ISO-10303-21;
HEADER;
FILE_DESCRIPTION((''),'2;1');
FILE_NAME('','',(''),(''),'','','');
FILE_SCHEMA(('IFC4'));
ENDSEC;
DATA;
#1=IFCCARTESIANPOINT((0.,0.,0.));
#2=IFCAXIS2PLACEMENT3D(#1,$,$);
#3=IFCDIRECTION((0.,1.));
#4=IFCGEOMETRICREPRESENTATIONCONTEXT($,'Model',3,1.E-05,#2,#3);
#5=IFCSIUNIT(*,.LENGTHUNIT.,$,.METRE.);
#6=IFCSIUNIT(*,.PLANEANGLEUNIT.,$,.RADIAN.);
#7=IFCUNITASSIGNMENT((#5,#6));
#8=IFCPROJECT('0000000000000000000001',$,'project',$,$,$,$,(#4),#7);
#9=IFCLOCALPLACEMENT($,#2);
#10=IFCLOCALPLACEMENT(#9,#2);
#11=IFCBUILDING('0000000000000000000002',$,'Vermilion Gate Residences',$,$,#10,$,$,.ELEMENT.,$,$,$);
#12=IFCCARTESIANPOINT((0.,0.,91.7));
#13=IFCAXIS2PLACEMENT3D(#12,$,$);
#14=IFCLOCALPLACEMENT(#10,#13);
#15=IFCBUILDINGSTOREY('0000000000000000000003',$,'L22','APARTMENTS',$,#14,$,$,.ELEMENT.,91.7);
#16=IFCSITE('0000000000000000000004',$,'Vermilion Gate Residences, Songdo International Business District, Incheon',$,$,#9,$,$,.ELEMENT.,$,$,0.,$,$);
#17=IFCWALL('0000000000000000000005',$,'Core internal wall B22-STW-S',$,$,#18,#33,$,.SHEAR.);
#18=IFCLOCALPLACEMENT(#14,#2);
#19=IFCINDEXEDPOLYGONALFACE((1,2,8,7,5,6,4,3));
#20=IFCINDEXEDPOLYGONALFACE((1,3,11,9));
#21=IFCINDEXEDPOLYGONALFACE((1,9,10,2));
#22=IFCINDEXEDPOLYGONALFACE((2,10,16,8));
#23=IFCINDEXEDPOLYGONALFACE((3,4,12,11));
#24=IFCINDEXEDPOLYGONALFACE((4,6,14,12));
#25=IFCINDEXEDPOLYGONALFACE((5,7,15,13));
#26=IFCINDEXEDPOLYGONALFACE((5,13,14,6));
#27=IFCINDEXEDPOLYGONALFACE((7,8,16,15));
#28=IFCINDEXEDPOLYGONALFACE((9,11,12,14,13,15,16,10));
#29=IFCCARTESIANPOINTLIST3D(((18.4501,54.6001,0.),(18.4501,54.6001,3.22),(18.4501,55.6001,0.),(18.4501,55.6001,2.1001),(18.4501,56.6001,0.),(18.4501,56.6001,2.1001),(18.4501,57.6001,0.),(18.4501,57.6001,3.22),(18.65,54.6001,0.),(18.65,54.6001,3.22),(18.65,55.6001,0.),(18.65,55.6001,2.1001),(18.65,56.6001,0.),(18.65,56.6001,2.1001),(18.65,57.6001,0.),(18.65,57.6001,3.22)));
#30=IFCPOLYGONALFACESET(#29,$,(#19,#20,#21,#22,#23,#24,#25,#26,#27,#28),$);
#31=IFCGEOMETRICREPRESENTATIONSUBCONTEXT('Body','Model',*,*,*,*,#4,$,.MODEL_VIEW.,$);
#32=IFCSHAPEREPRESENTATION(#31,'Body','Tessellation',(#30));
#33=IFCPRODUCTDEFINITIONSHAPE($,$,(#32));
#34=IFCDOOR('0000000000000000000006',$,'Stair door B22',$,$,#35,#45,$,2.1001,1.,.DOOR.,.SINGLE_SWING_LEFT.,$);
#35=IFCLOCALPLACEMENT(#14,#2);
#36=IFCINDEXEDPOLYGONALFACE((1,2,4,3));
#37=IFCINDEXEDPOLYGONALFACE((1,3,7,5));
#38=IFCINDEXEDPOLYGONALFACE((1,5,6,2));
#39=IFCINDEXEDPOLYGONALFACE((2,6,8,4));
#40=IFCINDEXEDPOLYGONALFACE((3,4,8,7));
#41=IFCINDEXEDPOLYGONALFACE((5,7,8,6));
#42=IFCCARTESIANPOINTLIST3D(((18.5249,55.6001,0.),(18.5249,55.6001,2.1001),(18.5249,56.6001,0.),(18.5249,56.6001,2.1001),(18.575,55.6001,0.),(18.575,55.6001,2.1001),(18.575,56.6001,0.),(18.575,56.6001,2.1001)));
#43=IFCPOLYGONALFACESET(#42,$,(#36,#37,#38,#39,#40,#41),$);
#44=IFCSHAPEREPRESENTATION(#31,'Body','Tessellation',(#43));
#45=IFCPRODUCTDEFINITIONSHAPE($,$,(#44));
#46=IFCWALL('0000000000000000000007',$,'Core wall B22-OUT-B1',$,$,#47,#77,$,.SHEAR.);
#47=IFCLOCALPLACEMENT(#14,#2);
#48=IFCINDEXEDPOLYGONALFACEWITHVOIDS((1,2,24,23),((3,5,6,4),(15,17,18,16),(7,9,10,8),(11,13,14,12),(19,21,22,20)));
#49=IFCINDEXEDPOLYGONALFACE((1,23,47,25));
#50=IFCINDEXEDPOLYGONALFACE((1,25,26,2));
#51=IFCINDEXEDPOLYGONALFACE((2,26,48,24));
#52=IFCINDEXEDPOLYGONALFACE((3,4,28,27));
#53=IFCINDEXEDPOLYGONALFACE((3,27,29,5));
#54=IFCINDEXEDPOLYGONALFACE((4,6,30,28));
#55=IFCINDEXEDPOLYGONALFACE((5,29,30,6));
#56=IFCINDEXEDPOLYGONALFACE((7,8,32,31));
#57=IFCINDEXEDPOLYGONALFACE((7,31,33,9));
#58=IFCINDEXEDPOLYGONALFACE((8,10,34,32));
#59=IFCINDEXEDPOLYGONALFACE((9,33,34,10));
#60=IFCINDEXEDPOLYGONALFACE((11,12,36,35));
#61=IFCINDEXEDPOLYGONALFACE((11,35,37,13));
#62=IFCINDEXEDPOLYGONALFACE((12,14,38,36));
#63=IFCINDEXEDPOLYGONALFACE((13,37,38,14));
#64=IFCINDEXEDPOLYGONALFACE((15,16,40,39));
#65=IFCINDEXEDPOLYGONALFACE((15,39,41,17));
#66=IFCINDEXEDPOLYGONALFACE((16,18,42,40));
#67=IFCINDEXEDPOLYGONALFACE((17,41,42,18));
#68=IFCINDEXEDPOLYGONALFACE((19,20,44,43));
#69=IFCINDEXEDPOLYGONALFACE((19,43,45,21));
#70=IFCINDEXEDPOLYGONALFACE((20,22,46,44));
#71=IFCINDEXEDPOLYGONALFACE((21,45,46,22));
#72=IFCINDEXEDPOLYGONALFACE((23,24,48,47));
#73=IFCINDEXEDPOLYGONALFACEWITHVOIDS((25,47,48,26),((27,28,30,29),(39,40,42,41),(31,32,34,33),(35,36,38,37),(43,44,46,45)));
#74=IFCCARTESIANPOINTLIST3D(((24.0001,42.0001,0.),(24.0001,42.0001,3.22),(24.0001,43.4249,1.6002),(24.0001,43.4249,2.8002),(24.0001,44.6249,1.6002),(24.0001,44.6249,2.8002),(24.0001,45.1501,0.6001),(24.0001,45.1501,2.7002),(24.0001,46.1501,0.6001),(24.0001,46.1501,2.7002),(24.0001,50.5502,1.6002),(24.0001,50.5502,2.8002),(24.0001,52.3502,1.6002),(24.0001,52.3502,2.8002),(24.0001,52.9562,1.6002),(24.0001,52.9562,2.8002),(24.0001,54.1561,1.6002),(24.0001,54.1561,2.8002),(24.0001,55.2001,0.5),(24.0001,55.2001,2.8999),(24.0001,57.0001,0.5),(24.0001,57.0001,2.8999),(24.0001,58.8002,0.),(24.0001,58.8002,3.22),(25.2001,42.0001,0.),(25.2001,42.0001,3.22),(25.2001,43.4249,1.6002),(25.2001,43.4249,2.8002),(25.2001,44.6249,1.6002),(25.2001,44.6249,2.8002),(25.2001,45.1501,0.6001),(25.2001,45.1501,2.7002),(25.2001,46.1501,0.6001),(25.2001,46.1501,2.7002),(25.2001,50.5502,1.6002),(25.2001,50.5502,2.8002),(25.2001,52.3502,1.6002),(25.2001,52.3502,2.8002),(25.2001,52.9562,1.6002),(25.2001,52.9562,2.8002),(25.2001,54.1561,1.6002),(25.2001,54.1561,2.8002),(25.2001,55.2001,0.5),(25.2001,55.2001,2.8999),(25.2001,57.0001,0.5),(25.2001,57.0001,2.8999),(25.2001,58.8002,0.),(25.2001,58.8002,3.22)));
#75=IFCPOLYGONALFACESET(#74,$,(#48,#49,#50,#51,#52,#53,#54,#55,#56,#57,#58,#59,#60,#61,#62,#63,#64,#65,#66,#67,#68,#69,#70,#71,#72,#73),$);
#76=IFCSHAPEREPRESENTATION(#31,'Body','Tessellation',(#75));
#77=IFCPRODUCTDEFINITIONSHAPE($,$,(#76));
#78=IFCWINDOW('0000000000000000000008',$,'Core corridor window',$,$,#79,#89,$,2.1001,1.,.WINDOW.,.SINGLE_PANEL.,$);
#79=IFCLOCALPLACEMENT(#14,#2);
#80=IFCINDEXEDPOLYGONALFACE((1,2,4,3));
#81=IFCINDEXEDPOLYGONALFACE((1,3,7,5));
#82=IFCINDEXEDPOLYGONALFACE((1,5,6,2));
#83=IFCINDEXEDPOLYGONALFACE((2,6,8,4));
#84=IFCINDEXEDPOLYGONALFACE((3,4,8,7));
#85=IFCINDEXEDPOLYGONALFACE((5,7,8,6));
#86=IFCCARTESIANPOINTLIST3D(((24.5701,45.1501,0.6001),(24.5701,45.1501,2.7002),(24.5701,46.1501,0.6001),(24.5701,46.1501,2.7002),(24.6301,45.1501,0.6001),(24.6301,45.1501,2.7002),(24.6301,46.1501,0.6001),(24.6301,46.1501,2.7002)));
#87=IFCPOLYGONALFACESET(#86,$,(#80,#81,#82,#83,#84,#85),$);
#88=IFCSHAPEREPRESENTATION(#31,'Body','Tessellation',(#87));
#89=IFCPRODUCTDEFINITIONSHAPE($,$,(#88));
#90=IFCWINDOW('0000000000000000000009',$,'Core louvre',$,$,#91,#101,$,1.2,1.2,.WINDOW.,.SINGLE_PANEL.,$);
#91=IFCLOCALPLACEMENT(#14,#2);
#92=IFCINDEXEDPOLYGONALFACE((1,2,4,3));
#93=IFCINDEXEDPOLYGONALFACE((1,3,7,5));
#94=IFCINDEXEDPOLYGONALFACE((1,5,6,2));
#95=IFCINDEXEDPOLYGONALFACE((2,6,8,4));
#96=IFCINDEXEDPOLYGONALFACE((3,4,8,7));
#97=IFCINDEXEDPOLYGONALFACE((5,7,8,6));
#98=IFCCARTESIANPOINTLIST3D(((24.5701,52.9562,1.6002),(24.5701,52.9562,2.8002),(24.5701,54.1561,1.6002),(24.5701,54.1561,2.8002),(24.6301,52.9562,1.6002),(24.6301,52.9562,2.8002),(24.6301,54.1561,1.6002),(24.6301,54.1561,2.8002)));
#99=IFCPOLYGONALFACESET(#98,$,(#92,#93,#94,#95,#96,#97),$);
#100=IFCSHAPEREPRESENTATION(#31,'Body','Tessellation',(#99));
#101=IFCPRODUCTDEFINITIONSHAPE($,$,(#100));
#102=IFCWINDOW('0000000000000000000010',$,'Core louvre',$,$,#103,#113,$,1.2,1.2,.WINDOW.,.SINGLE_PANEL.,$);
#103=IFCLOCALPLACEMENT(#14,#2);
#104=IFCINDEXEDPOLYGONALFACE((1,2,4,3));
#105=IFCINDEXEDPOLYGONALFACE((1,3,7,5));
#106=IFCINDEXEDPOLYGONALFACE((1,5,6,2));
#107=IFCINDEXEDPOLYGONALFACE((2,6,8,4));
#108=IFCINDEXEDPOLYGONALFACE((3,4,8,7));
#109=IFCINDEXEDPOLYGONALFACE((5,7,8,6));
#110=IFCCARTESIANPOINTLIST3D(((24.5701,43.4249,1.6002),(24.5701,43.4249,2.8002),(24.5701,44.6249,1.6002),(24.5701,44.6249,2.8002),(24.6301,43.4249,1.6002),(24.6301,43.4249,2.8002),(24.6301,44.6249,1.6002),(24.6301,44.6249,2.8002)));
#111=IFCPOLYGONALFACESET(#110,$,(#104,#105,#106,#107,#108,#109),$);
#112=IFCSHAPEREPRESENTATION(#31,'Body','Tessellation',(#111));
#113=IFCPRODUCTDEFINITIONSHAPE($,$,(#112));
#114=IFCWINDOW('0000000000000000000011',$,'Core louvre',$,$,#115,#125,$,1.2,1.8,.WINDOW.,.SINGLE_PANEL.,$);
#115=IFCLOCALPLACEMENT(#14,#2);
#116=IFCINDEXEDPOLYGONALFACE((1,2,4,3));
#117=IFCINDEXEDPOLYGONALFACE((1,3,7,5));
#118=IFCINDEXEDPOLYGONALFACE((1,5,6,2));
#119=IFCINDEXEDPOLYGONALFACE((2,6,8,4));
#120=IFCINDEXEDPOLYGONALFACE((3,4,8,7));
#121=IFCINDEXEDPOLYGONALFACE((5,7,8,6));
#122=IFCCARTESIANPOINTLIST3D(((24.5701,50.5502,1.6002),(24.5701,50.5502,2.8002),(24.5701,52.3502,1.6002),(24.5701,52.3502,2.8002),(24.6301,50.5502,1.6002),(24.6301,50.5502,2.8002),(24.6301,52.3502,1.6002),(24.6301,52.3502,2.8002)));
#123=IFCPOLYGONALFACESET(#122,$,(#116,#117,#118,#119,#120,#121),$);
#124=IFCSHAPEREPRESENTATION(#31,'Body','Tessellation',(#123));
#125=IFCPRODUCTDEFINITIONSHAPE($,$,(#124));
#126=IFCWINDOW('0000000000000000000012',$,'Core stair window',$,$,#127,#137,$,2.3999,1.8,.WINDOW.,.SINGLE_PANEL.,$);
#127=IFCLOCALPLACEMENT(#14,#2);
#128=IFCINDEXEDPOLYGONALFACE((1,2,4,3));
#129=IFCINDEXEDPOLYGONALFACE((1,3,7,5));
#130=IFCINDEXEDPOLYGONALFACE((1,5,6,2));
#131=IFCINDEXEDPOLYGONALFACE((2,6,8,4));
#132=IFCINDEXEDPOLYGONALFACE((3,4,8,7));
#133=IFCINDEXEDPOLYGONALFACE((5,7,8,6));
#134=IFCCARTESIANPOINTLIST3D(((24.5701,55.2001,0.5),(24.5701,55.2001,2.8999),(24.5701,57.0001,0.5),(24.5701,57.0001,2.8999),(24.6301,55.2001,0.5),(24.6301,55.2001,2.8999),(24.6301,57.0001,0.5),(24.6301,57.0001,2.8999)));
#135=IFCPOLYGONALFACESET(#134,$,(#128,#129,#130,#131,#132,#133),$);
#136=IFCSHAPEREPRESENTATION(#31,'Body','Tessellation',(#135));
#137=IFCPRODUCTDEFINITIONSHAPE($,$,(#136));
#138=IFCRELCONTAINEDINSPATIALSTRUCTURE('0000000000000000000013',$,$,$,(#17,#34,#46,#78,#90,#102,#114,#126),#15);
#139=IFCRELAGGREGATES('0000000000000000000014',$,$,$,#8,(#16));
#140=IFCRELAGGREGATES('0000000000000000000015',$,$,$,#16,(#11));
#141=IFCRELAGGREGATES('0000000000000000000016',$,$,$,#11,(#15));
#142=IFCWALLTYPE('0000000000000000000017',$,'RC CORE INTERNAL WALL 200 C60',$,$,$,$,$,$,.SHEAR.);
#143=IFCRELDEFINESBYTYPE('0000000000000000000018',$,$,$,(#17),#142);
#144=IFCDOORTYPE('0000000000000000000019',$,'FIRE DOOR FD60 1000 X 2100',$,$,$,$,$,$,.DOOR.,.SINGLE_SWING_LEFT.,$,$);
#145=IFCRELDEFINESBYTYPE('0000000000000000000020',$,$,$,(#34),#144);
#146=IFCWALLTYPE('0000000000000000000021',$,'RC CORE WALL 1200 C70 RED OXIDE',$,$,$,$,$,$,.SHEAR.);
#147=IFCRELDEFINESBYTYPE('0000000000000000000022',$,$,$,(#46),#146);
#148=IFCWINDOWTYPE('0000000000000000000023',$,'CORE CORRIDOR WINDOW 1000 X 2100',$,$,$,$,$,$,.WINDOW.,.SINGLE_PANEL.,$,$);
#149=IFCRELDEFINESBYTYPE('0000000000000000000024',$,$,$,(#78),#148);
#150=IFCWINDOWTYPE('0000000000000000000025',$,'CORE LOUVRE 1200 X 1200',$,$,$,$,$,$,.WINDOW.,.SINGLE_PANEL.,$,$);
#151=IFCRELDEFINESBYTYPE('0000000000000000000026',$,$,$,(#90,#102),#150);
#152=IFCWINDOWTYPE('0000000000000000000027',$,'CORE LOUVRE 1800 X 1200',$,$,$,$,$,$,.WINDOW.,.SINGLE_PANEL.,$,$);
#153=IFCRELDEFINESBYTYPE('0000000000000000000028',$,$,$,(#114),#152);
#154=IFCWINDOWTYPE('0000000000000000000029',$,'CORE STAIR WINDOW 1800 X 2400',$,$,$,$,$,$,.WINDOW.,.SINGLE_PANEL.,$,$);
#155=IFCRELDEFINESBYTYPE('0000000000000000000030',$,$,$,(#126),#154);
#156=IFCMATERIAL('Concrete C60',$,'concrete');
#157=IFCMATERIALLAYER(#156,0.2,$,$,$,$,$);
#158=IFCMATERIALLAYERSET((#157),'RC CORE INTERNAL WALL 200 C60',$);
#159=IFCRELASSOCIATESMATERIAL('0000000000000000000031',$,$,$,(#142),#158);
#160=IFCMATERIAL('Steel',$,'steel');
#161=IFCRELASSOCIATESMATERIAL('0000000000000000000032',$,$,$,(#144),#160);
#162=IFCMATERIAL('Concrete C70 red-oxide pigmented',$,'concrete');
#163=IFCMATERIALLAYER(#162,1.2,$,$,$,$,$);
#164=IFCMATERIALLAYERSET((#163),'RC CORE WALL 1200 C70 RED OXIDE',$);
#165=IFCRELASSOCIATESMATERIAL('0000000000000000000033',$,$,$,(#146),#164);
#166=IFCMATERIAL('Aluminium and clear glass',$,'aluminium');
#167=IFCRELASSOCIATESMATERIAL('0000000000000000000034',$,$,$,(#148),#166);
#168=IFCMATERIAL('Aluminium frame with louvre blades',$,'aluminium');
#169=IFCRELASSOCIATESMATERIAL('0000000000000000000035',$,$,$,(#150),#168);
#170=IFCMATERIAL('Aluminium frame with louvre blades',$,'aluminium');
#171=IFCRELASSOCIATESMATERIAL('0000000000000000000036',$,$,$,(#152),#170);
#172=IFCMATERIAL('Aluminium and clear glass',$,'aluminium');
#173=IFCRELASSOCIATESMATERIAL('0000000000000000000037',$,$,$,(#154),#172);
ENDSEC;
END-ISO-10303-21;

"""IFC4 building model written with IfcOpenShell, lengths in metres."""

from ifc_helpers import new_model, si_unit, direction, frame, frame_2d, origin, place, context, subcontext, project, spatial, rectangle, extrude, material, layer, layer_set, type_object, element, fill, save


model = new_model("IFC4")

# Units and contexts
model_context = context("Model", 3, precision=1e-05, world=origin(), true_north=direction((0.0, 1.0)))
body_context = subcontext(model_context, "Body", "Model", "MODEL_VIEW")
ifc_project = project(units=[si_unit("LENGTHUNIT", "METRE"), si_unit("PLANEANGLEUNIT", "RADIAN")], contexts=[model_context])

# Site, building, storey
site_placement = place(None, origin())
site = spatial("IfcSite", under=ifc_project, at=site_placement, Name="Vermilion Gate Residences, Songdo International Business District, Incheon", CompositionType="ELEMENT", RefElevation=0.0)
building_placement = place(site_placement, origin())
building = spatial("IfcBuilding", under=site, at=building_placement, Name="Vermilion Gate Residences", CompositionType="ELEMENT")
storey_placement = place(building_placement, frame((0.0, 0.0, 91.7)))
storey = spatial("IfcBuildingStorey", under=building, at=storey_placement, Name="L22", Description="APARTMENTS", CompositionType="ELEMENT", Elevation=91.7)

# Shared definitions
ifc_material_1 = material(Name="Concrete C60", Category="concrete")
ifc_layer_1 = layer(ifc_material_1, 0.2)
ifc_layer_set_1 = layer_set([ifc_layer_1], Name="RC CORE INTERNAL WALL 200 C60")
wall_type_1 = type_object("IfcWallType", Name="RC CORE INTERNAL WALL 200 C60", PredefinedType="SHEAR", material=ifc_layer_set_1)

# Wall, opening, door
wall_1_placement = place(storey_placement, frame((18.55, 57.6001, 0.0), z_axis=(0.0, 0.0, 1.0), x_axis=(0.0, -1.0, 0.0)))
wall_1 = element("IfcWall", 1, at=wall_1_placement, inside=storey, type_object=wall_type_1, Name="Core internal wall B22-STW-S", PredefinedType="SHEAR", context=body_context, shape_type="SweptSolid", body=[
    extrude(rectangle(XDim=3.0, YDim=0.2, at=frame_2d((1.5, 0.0))), origin(), (0.0, 0.0, 1.0), 3.22),
])
opening_1_placement = place(wall_1_placement, frame((1.0, 0.0, 0.0)))
opening_1 = element("IfcOpeningElement", 2, at=opening_1_placement, cuts=wall_1, PredefinedType="OPENING", context=body_context, shape_type="SweptSolid", body=[
    extrude(rectangle(XDim=1.0, YDim=2.1001, at=frame_2d((0.5, 1.05))), frame((0.0, 0.1099, 0.0), z_axis=(0.0, -1.0, 0.0), x_axis=(1.0, 0.0, 0.0)), (0.0, 0.0, 1.0), 0.22),
])
ifc_material_2 = material(Name="Steel", Category="steel")
door_type_1 = type_object("IfcDoorType", Name="FIRE DOOR FD60 1000 X 2100", OperationType="SINGLE_SWING_LEFT", PredefinedType="DOOR", material=ifc_material_2)
door_1_placement = place(opening_1_placement, origin())
door_1 = element("IfcDoor", 3, at=door_1_placement, inside=storey, type_object=door_type_1, Name="Stair door B22", OperationType="SINGLE_SWING_LEFT", OverallHeight=2.1001, OverallWidth=1.0, PredefinedType="DOOR", context=body_context, shape_type="SweptSolid", body=[
    extrude(rectangle(XDim=1.0, YDim=2.1001, at=frame_2d((0.5, 1.05))), frame((0.0, 0.0249, 0.0), z_axis=(0.0, -1.0, 0.0), x_axis=(1.0, 0.0, 0.0)), (0.0, 0.0, 1.0), 0.05),
])
fill(opening_1, door_1)

# Wall, openings, windows
ifc_material_3 = material(Name="Concrete C70 red-oxide pigmented", Category="concrete")
ifc_layer_2 = layer(ifc_material_3, 1.2)
ifc_layer_set_2 = layer_set([ifc_layer_2], Name="RC CORE WALL 1200 C70 RED OXIDE")
wall_type_2 = type_object("IfcWallType", Name="RC CORE WALL 1200 C70 RED OXIDE", PredefinedType="SHEAR", material=ifc_layer_set_2)
wall_2_placement = place(storey_placement, frame((24.6001, 58.8, 0.0), z_axis=(0.0, 0.0, 1.0), x_axis=(0.0, -1.0, 0.0)))
wall_2 = element("IfcWall", 4, at=wall_2_placement, inside=storey, type_object=wall_type_2, Name="Core wall B22-OUT-B1", PredefinedType="SHEAR", context=body_context, shape_type="SweptSolid", body=[
    extrude(rectangle(XDim=16.8, YDim=1.2, at=frame_2d((8.3999, 0.0))), origin(), (0.0, 0.0, 1.0), 3.22),
])
opening_2_placement = place(wall_2_placement, frame((1.8, 0.0, 0.5)))
opening_2 = element("IfcOpeningElement", 5, at=opening_2_placement, cuts=wall_2, PredefinedType="OPENING", context=body_context, shape_type="SweptSolid", body=[
    extrude(rectangle(XDim=1.8, YDim=2.3999, at=frame_2d((0.8999, 1.2))), frame((0.0, 0.6099, 0.0), z_axis=(0.0, -1.0, 0.0), x_axis=(1.0, 0.0, 0.0)), (0.0, 0.0, 1.0), 1.22),
])
opening_3_placement = place(wall_2_placement, frame((4.6438, 0.0, 1.6001)))
opening_3 = element("IfcOpeningElement", 6, at=opening_3_placement, cuts=wall_2, PredefinedType="OPENING", context=body_context, shape_type="SweptSolid", body=[
    extrude(rectangle(XDim=1.2, YDim=1.2, at=frame_2d((0.6001, 0.6001))), frame((0.0, 0.6099, 0.0), z_axis=(0.0, -1.0, 0.0), x_axis=(1.0, 0.0, 0.0)), (0.0, 0.0, 1.0), 1.22),
])
opening_4_placement = place(wall_2_placement, frame((6.45, 0.0, 1.6001)))
opening_4 = element("IfcOpeningElement", 7, at=opening_4_placement, cuts=wall_2, PredefinedType="OPENING", context=body_context, shape_type="SweptSolid", body=[
    extrude(rectangle(XDim=1.8, YDim=1.2, at=frame_2d((0.8999, 0.6001))), frame((0.0, 0.6099, 0.0), z_axis=(0.0, -1.0, 0.0), x_axis=(1.0, 0.0, 0.0)), (0.0, 0.0, 1.0), 1.22),
])
opening_5_placement = place(wall_2_placement, frame((12.6499, 0.0, 0.6001)))
opening_5 = element("IfcOpeningElement", 8, at=opening_5_placement, cuts=wall_2, PredefinedType="OPENING", context=body_context, shape_type="SweptSolid", body=[
    extrude(rectangle(XDim=1.0, YDim=2.1001, at=frame_2d((0.5, 1.05))), frame((0.0, 0.6099, 0.0), z_axis=(0.0, -1.0, 0.0), x_axis=(1.0, 0.0, 0.0)), (0.0, 0.0, 1.0), 1.22),
])
opening_6_placement = place(wall_2_placement, frame((14.175, 0.0, 1.6001)))
opening_6 = element("IfcOpeningElement", 9, at=opening_6_placement, cuts=wall_2, PredefinedType="OPENING", context=body_context, shape_type="SweptSolid", body=[
    extrude(rectangle(XDim=1.2, YDim=1.2, at=frame_2d((0.6001, 0.6001))), frame((0.0, 0.6099, 0.0), z_axis=(0.0, -1.0, 0.0), x_axis=(1.0, 0.0, 0.0)), (0.0, 0.0, 1.0), 1.22),
])
ifc_material_4 = material(Name="Aluminium and clear glass", Category="aluminium")
window_type_1 = type_object("IfcWindowType", Name="CORE CORRIDOR WINDOW 1000 X 2100", PartitioningType="SINGLE_PANEL", PredefinedType="WINDOW", material=ifc_material_4)
window_1_placement = place(opening_5_placement, origin())
window_1 = element("IfcWindow", 10, at=window_1_placement, inside=storey, type_object=window_type_1, Name="Core corridor window", OverallHeight=2.1001, OverallWidth=1.0, PartitioningType="SINGLE_PANEL", PredefinedType="WINDOW", context=body_context, shape_type="SweptSolid", body=[
    extrude(rectangle(XDim=1.0, YDim=2.1001, at=frame_2d((0.5, 1.05))), frame((0.0, 0.03, 0.0), z_axis=(0.0, -1.0, 0.0), x_axis=(1.0, 0.0, 0.0)), (0.0, 0.0, 1.0), 0.0601),
])
fill(opening_5, window_1)
ifc_material_5 = material(Name="Aluminium frame with louvre blades", Category="aluminium")
window_type_2 = type_object("IfcWindowType", Name="CORE LOUVRE 1200 X 1200", PartitioningType="SINGLE_PANEL", PredefinedType="WINDOW", material=ifc_material_5)
window_2_placement = place(opening_3_placement, origin())
window_2 = element("IfcWindow", 11, at=window_2_placement, inside=storey, type_object=window_type_2, Name="Core louvre", OverallHeight=1.2, OverallWidth=1.2, PartitioningType="SINGLE_PANEL", PredefinedType="WINDOW", context=body_context, shape_type="SweptSolid", body=[
    extrude(rectangle(XDim=1.2, YDim=1.2, at=frame_2d((0.6001, 0.6001))), frame((0.0, 0.03, 0.0), z_axis=(0.0, -1.0, 0.0), x_axis=(1.0, 0.0, 0.0)), (0.0, 0.0, 1.0), 0.0601),
])
fill(opening_3, window_2)
window_3_placement = place(opening_6_placement, origin())
window_3 = element("IfcWindow", 12, at=window_3_placement, inside=storey, type_object=window_type_2, Name="Core louvre", OverallHeight=1.2, OverallWidth=1.2, PartitioningType="SINGLE_PANEL", PredefinedType="WINDOW", context=body_context, shape_type="SweptSolid", body=[
    extrude(rectangle(XDim=1.2, YDim=1.2, at=frame_2d((0.6001, 0.6001))), frame((0.0, 0.03, 0.0), z_axis=(0.0, -1.0, 0.0), x_axis=(1.0, 0.0, 0.0)), (0.0, 0.0, 1.0), 0.0601),
])
fill(opening_6, window_3)
ifc_material_6 = material(Name="Aluminium frame with louvre blades", Category="aluminium")
window_type_3 = type_object("IfcWindowType", Name="CORE LOUVRE 1800 X 1200", PartitioningType="SINGLE_PANEL", PredefinedType="WINDOW", material=ifc_material_6)
window_4_placement = place(opening_4_placement, origin())
window_4 = element("IfcWindow", 13, at=window_4_placement, inside=storey, type_object=window_type_3, Name="Core louvre", OverallHeight=1.2, OverallWidth=1.8, PartitioningType="SINGLE_PANEL", PredefinedType="WINDOW", context=body_context, shape_type="SweptSolid", body=[
    extrude(rectangle(XDim=1.8, YDim=1.2, at=frame_2d((0.8999, 0.6001))), frame((0.0, 0.03, 0.0), z_axis=(0.0, -1.0, 0.0), x_axis=(1.0, 0.0, 0.0)), (0.0, 0.0, 1.0), 0.0601),
])
fill(opening_4, window_4)
ifc_material_7 = material(Name="Aluminium and clear glass", Category="aluminium")
window_type_4 = type_object("IfcWindowType", Name="CORE STAIR WINDOW 1800 X 2400", PartitioningType="SINGLE_PANEL", PredefinedType="WINDOW", material=ifc_material_7)
window_5_placement = place(opening_2_placement, origin())
window_5 = element("IfcWindow", 14, at=window_5_placement, inside=storey, type_object=window_type_4, Name="Core stair window", OverallHeight=2.3999, OverallWidth=1.8, PartitioningType="SINGLE_PANEL", PredefinedType="WINDOW", context=body_context, shape_type="SweptSolid", body=[
    extrude(rectangle(XDim=1.8, YDim=2.3999, at=frame_2d((0.8999, 1.2))), frame((0.0, 0.03, 0.0), z_axis=(0.0, -1.0, 0.0), x_axis=(1.0, 0.0, 0.0)), (0.0, 0.0, 1.0), 0.0601),
])
fill(opening_2, window_5)

save(model, "model.ifc")
